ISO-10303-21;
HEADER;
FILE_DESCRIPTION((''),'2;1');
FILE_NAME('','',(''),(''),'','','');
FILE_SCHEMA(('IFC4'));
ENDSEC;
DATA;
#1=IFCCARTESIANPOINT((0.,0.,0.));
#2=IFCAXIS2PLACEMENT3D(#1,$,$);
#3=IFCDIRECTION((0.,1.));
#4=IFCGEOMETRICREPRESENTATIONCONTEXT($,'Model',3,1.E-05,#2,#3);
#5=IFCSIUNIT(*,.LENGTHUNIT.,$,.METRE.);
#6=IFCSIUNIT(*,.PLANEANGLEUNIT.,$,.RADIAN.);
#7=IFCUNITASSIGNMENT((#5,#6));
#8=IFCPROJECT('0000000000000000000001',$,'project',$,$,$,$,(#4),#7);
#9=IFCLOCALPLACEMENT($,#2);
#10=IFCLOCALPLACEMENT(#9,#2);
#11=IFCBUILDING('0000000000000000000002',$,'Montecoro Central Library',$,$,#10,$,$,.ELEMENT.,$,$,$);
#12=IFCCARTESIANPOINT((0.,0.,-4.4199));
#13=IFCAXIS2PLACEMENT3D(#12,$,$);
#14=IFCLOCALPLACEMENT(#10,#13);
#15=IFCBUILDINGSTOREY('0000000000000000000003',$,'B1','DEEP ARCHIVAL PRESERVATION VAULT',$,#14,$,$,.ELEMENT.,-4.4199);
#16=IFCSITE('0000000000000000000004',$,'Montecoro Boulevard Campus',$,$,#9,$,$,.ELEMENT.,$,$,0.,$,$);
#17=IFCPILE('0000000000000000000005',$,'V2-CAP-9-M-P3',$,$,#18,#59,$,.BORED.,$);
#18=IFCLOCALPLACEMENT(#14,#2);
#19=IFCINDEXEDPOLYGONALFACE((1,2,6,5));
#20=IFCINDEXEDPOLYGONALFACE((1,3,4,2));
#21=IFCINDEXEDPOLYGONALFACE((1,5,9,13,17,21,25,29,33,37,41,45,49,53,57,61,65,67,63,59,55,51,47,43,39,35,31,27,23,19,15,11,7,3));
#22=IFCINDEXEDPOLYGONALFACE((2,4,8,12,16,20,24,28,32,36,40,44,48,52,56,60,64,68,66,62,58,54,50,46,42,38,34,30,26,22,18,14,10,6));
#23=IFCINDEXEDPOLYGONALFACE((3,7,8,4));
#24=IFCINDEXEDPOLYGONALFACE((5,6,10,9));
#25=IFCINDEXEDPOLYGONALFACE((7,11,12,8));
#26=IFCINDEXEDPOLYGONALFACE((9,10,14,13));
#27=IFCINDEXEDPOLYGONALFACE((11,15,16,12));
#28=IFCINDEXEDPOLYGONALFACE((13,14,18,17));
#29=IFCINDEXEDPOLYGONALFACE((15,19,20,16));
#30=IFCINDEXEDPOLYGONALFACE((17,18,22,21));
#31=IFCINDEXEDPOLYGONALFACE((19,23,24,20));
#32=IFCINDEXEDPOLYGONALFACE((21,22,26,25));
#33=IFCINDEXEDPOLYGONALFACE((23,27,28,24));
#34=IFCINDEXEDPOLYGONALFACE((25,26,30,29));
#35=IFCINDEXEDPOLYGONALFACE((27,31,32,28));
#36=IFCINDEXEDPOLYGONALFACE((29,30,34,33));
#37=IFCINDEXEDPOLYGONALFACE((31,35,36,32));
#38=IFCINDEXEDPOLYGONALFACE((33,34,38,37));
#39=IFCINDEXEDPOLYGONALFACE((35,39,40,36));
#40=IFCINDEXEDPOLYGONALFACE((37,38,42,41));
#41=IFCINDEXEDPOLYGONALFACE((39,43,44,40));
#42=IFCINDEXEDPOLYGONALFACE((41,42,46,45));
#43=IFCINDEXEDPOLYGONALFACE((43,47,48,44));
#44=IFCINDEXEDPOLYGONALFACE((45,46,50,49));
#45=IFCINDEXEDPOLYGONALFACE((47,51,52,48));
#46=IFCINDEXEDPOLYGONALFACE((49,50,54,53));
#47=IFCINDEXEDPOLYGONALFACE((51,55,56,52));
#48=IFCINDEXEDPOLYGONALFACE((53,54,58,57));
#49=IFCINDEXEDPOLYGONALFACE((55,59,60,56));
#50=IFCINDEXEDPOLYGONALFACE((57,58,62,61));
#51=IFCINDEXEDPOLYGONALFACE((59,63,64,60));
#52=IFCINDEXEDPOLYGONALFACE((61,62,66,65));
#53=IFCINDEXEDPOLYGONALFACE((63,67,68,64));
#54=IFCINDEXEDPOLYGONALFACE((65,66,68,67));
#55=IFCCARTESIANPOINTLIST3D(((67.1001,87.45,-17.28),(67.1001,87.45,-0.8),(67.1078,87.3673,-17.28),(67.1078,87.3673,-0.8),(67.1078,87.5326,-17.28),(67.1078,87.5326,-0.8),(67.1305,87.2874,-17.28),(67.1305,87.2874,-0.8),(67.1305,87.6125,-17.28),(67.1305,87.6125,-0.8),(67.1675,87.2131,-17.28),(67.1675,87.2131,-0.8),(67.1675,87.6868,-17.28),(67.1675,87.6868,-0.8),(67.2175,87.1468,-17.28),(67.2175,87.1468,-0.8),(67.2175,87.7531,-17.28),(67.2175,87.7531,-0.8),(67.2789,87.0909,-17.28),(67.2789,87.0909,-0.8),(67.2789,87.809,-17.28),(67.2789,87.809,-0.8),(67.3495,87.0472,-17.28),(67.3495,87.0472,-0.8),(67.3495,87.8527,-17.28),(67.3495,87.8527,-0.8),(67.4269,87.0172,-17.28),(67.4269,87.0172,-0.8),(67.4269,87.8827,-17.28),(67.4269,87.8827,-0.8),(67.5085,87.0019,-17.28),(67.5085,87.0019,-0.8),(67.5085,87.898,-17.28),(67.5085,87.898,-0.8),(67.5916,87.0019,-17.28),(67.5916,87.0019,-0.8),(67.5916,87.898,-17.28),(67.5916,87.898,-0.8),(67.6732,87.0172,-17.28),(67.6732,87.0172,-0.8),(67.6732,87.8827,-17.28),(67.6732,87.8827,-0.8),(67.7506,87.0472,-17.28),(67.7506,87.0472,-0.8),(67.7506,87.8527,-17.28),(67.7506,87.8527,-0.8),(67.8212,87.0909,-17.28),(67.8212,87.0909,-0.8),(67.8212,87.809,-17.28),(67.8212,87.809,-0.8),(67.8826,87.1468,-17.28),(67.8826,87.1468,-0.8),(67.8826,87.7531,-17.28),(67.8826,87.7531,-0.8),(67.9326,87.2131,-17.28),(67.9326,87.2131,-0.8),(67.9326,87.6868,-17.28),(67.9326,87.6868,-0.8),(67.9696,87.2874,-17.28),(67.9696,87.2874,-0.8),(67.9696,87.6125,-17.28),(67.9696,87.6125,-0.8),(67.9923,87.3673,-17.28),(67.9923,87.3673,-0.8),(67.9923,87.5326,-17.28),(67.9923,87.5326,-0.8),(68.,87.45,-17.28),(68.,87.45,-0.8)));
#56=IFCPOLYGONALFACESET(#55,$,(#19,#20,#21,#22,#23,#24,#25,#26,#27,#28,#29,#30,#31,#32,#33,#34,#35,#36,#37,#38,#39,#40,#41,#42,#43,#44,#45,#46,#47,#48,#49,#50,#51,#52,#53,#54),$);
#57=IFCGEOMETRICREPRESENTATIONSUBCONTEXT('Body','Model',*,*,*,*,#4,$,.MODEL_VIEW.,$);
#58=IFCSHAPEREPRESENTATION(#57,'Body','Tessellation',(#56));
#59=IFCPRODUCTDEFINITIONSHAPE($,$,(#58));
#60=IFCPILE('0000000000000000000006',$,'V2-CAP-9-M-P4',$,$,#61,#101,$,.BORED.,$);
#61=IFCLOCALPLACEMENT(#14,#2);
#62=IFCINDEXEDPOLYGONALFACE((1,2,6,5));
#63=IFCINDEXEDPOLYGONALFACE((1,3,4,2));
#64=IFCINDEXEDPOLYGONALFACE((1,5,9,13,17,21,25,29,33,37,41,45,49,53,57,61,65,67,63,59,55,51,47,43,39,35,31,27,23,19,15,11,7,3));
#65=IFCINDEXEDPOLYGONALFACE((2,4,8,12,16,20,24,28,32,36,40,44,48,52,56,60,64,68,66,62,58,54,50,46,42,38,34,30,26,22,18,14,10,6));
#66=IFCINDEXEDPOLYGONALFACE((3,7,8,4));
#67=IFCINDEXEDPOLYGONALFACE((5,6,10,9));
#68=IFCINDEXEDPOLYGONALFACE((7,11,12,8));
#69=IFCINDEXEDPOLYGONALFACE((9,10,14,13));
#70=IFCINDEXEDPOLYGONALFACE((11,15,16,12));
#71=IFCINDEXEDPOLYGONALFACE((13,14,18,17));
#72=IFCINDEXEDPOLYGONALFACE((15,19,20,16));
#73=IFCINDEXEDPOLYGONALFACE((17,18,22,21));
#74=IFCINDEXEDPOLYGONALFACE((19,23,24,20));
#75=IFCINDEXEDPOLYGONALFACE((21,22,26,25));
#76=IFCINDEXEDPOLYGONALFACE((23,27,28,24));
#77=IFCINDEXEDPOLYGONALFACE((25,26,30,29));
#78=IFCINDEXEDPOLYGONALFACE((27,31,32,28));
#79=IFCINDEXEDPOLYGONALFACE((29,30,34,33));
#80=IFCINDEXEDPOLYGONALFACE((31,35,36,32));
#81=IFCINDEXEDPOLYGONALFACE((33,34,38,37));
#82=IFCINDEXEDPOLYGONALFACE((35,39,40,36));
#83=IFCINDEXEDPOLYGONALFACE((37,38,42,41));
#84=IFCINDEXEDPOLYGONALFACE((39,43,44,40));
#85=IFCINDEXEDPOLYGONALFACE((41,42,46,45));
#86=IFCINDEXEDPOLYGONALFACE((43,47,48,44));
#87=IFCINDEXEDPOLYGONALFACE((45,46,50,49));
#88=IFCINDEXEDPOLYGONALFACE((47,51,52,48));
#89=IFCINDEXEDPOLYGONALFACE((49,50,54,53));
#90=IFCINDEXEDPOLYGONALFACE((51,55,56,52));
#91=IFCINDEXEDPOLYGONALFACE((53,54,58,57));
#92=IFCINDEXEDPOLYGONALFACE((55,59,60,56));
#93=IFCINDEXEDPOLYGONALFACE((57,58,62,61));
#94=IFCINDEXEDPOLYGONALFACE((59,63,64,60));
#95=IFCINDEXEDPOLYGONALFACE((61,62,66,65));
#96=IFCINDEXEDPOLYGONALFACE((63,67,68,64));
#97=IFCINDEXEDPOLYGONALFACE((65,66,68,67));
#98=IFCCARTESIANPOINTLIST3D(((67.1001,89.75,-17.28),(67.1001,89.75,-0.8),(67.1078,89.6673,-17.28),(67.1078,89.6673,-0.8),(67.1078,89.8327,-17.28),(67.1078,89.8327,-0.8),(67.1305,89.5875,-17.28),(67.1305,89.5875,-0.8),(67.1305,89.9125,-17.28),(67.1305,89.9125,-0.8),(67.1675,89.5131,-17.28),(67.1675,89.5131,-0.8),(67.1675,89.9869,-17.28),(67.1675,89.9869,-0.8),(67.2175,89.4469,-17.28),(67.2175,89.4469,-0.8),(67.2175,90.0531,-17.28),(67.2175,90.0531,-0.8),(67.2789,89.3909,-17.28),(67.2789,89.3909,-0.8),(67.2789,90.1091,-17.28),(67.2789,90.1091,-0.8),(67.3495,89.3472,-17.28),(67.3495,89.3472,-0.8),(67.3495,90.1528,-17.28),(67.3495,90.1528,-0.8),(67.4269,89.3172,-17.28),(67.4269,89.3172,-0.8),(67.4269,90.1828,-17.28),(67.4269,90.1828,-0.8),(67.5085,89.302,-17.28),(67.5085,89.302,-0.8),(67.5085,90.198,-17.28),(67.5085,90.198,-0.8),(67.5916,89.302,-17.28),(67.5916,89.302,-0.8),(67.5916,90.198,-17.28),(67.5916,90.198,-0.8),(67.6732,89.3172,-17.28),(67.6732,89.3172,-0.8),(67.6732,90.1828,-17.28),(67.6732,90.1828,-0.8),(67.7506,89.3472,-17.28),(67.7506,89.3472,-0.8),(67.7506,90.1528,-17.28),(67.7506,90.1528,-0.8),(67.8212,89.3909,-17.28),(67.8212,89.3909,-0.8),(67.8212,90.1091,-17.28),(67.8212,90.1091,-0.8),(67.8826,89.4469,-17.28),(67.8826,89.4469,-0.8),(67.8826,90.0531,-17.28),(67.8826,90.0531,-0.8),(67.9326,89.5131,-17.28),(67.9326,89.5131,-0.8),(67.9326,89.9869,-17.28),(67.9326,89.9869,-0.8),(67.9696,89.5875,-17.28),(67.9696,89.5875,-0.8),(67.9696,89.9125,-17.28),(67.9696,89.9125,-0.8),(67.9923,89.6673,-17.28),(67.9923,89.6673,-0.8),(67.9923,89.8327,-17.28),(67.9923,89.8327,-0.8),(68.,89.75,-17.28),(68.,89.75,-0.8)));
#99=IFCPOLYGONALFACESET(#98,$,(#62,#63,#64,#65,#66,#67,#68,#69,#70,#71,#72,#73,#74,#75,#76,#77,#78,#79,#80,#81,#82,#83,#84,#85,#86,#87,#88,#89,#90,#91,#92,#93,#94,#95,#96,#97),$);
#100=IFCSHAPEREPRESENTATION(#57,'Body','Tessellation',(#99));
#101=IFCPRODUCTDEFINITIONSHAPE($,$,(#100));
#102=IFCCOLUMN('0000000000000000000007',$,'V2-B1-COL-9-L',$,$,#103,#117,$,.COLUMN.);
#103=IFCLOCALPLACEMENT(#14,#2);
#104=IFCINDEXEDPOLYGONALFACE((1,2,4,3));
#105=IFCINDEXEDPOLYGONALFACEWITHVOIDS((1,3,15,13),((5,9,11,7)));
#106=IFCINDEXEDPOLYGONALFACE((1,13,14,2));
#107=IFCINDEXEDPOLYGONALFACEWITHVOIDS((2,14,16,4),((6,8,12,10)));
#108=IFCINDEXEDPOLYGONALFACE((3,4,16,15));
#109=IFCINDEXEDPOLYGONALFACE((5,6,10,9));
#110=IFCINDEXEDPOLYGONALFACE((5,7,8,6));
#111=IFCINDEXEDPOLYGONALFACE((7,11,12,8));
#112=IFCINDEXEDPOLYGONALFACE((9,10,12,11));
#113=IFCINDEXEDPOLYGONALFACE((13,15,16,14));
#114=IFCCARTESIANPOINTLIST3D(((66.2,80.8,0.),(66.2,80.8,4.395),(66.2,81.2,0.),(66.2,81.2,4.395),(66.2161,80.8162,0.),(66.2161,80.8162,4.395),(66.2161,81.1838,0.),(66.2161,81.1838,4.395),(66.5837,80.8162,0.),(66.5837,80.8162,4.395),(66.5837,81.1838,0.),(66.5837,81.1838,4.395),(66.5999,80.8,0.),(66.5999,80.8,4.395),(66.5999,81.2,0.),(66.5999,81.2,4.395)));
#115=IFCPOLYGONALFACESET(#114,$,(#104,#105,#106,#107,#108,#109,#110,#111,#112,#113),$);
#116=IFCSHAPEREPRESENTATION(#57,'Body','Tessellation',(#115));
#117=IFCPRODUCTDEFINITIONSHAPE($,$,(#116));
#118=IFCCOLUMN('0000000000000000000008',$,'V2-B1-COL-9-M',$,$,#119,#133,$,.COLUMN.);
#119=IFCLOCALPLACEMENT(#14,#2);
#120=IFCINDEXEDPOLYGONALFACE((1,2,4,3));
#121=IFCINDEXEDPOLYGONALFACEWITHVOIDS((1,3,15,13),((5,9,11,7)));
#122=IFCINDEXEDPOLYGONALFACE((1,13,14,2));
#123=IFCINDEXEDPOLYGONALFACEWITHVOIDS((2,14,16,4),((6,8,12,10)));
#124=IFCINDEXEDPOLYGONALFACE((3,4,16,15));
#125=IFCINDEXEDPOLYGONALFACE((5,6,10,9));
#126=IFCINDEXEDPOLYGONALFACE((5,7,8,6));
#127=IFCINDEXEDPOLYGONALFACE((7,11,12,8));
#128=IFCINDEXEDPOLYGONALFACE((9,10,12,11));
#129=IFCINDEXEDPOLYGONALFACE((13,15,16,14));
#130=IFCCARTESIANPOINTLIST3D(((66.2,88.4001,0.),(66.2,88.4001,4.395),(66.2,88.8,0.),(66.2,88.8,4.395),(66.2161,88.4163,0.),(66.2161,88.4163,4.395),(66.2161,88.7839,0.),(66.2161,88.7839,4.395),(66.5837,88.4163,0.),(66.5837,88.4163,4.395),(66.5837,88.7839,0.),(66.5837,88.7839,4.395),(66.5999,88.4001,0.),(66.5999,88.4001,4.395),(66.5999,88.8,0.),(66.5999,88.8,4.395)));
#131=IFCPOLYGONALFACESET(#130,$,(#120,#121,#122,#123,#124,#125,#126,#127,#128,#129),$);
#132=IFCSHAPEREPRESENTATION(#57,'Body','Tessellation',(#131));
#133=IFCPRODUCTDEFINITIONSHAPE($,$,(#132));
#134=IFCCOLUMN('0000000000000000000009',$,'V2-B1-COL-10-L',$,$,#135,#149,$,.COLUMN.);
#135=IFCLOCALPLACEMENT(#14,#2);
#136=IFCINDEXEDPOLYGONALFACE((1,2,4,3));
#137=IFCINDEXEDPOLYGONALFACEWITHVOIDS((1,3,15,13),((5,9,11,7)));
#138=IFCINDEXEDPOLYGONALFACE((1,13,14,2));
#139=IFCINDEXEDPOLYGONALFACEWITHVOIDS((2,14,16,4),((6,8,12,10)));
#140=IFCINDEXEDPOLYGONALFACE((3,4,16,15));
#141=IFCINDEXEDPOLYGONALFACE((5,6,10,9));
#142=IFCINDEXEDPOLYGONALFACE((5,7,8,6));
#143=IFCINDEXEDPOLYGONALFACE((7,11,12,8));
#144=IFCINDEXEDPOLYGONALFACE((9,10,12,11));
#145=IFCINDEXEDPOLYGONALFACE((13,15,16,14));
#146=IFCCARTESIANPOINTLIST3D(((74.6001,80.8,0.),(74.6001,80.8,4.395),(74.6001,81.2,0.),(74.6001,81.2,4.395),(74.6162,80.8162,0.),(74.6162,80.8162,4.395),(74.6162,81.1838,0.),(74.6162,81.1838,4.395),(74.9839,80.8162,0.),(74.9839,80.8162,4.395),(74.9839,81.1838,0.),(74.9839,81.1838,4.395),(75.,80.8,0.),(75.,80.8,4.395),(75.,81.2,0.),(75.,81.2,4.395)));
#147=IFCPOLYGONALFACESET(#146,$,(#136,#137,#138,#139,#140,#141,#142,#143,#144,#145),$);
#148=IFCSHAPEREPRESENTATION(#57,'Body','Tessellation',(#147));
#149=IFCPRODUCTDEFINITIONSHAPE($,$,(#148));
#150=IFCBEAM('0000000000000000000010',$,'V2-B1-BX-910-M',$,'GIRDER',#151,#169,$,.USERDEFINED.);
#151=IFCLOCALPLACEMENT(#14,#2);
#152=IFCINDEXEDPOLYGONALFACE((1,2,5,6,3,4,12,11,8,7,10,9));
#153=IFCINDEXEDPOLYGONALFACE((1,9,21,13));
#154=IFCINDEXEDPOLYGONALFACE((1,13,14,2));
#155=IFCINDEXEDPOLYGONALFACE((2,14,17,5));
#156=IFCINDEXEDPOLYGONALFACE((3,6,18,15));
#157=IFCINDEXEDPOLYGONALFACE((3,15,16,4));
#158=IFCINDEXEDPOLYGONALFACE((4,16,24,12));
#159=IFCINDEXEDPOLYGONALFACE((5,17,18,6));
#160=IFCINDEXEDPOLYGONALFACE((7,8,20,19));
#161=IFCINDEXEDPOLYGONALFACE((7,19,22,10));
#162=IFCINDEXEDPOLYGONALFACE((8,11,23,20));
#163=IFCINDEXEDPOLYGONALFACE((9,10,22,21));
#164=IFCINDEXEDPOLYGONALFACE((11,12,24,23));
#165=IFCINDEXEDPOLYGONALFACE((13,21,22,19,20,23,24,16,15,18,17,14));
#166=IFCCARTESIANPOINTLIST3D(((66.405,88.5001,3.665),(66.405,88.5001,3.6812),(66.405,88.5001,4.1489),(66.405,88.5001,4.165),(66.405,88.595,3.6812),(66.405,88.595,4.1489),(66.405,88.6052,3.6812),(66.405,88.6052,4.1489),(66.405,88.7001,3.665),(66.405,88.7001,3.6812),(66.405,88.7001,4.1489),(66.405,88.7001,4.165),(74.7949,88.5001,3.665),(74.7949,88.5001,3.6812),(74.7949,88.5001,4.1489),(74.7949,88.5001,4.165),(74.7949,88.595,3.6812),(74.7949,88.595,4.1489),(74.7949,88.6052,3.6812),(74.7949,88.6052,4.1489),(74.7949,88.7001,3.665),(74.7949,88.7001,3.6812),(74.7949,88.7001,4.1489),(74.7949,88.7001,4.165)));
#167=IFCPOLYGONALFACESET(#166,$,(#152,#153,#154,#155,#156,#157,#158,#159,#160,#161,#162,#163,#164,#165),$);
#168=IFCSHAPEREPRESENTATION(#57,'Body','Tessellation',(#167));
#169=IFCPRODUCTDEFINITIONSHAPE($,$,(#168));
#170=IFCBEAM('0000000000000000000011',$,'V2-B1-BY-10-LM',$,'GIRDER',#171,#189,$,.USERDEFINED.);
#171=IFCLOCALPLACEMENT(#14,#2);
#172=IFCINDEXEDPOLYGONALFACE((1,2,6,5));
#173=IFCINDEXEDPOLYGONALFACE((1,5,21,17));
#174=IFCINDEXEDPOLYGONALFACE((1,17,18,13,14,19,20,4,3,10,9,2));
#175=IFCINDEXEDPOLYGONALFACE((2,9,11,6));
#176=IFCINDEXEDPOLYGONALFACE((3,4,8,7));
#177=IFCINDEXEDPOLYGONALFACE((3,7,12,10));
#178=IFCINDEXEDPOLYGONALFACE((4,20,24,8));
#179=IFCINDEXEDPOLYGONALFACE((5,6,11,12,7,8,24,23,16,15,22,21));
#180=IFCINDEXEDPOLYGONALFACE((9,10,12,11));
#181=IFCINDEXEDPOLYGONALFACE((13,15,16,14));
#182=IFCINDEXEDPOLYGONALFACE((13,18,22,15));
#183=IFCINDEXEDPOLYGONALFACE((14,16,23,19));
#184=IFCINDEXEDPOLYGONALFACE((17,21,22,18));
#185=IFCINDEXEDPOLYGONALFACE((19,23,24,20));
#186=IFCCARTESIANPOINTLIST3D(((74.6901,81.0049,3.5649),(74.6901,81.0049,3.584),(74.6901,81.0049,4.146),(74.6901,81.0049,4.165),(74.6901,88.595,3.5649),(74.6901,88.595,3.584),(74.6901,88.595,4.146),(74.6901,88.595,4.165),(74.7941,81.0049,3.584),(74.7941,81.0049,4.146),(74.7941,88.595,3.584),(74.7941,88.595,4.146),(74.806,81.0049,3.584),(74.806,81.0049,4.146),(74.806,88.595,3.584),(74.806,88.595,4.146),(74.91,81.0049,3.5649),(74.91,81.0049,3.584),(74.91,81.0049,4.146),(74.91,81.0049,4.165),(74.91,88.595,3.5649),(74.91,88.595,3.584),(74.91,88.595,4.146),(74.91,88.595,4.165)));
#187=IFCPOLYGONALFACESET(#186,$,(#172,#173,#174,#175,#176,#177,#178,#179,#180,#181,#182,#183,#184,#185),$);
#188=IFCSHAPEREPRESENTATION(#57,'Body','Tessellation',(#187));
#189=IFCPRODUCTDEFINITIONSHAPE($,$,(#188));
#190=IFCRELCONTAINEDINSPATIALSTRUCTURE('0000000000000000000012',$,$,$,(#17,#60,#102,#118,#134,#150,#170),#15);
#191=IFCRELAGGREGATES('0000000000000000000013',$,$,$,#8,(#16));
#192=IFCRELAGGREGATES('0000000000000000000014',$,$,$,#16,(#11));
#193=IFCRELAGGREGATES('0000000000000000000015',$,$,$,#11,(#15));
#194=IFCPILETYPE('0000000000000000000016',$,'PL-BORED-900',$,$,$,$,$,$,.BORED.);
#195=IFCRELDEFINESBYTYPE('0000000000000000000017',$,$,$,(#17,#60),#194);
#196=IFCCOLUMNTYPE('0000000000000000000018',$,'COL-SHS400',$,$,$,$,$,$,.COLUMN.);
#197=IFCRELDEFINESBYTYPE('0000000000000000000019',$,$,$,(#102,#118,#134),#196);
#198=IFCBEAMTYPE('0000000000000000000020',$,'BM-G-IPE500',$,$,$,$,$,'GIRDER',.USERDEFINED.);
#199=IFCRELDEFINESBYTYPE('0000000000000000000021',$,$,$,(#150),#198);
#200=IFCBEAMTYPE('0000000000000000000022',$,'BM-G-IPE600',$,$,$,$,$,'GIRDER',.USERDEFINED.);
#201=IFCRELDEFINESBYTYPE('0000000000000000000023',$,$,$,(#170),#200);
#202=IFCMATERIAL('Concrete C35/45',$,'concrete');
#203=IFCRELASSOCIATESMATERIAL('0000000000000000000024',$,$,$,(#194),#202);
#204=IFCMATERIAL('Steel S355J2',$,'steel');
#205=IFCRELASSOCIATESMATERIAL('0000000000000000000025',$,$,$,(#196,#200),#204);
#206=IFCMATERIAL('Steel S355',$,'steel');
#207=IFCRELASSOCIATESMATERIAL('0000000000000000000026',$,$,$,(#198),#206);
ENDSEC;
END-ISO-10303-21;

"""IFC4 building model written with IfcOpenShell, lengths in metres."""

from ifc_helpers import new_model, si_unit, direction, frame, origin, origin_2d, place, context, subcontext, project, spatial, hollow_rectangle, circle, i_section, extrude, material, material_profile, profile_set, type_object, element, save


model = new_model("IFC4")

# Units and contexts
model_context = context("Model", 3, precision=1e-05, world=origin(), true_north=direction((0.0, 1.0)))
body_context = subcontext(model_context, "Body", "Model", "MODEL_VIEW")
ifc_project = project(units=[si_unit("LENGTHUNIT", "METRE"), si_unit("PLANEANGLEUNIT", "RADIAN")], contexts=[model_context])

# Site, building, storey
site_placement = place(None, origin())
site = spatial("IfcSite", under=ifc_project, at=site_placement, Name="Montecoro Boulevard Campus", CompositionType="ELEMENT", RefElevation=0.0)
building_placement = place(site_placement, origin())
building = spatial("IfcBuilding", under=site, at=building_placement, Name="Montecoro Central Library", CompositionType="ELEMENT")
storey_placement = place(building_placement, frame((0.0, 0.0, -4.4199)))
storey = spatial("IfcBuildingStorey", under=building, at=storey_placement, Name="B1", Description="DEEP ARCHIVAL PRESERVATION VAULT", CompositionType="ELEMENT", Elevation=-4.4199)

# Shared definitions
ifc_material_1 = material(Name="Concrete C35/45", Category="concrete")

# Piles
ifc_material_profile_1 = material_profile(ifc_material_1, circle(Radius=0.45, at=origin_2d()), Name="PILE D900")
ifc_profile_set_1 = profile_set([ifc_material_profile_1], Name="Concrete C35/45")
pile_type_1 = type_object("IfcPileType", Name="PL-BORED-900", PredefinedType="BORED", material=ifc_profile_set_1)
for number, where, z_axis, x_axis, name in (
    (1, (67.55, 87.45, -0.8), (0.0, 0.0, -1.0), (1.0, 0.0, 0.0), "V2-CAP-9-M-P3"),
    (2, (67.55, 89.75, -0.8), (0.0, 0.0, -1.0), (1.0, 0.0, 0.0), "V2-CAP-9-M-P4"),
):
    element("IfcPile", number, at=place(storey_placement, frame(where, z_axis=z_axis, x_axis=x_axis)), inside=storey, type_object=pile_type_1, Name=name, PredefinedType="BORED", context=body_context, shape_type="SweptSolid", body=[
        extrude(circle(Radius=0.45, at=origin_2d()), origin(), (0.0, 0.0, 1.0), 16.48),
    ])

# Columns
ifc_material_2 = material(Name="Steel S355J2", Category="steel")
ifc_material_profile_2 = material_profile(ifc_material_2, hollow_rectangle(XDim=0.3999, YDim=0.3999, WallThickness=0.0161, at=origin_2d()), Name="SHS 400x400x16.0")
ifc_profile_set_2 = profile_set([ifc_material_profile_2], Name="Steel S355J2")
column_type = type_object("IfcColumnType", Name="COL-SHS400", PredefinedType="COLUMN", material=ifc_profile_set_2)
for number, where, z_axis, x_axis, name in (
    (3, (66.3999, 81.0, 0.0), (0.0, 0.0, 1.0), (1.0, 0.0, 0.0), "V2-B1-COL-9-L"),
    (4, (66.3999, 88.6001, 0.0), (0.0, 0.0, 1.0), (1.0, 0.0, 0.0), "V2-B1-COL-9-M"),
    (5, (74.8, 81.0, 0.0), (0.0, 0.0, 1.0), (1.0, 0.0, 0.0), "V2-B1-COL-10-L"),
):
    element("IfcColumn", number, at=place(storey_placement, frame(where, z_axis=z_axis, x_axis=x_axis)), inside=storey, type_object=column_type, Name=name, PredefinedType="COLUMN", context=body_context, shape_type="SweptSolid", body=[
        extrude(hollow_rectangle(XDim=0.3999, YDim=0.3999, WallThickness=0.0161, at=origin_2d()), origin(), (0.0, 0.0, 1.0), 4.395),
    ])

# Beams
ifc_material_3 = material(Name="Steel S355", Category="steel")
ifc_material_profile_3 = material_profile(ifc_material_3, i_section(OverallWidth=0.2, OverallDepth=0.5, WebThickness=0.0103, FlangeThickness=0.0161, at=origin_2d()), Name="IPE 500")
ifc_profile_set_3 = profile_set([ifc_material_profile_3], Name="Steel S355")
beam_type_1 = type_object("IfcBeamType", Name="BM-G-IPE500", ElementType="GIRDER", PredefinedType="USERDEFINED", material=ifc_profile_set_3)
beam_1_placement = place(storey_placement, frame((66.405, 88.6001, 3.915), z_axis=(1.0, 0.0, 0.0), x_axis=(0.0, 1.0, 0.0)))
element("IfcBeam", 6, at=beam_1_placement, inside=storey, type_object=beam_type_1, Name="V2-B1-BX-910-M", ObjectType="GIRDER", PredefinedType="USERDEFINED", context=body_context, shape_type="SweptSolid", body=[
    extrude(i_section(OverallWidth=0.2, OverallDepth=0.5, WebThickness=0.0103, FlangeThickness=0.0161, at=origin_2d()), origin(), (0.0, 0.0, 1.0), 8.3899),
])
ifc_material_profile_4 = material_profile(ifc_material_2, i_section(OverallWidth=0.22, OverallDepth=0.6001, WebThickness=0.012, FlangeThickness=0.019, at=origin_2d()), Name="IPE 600")
ifc_profile_set_4 = profile_set([ifc_material_profile_4], Name="Steel S355J2")
beam_type_2 = type_object("IfcBeamType", Name="BM-G-IPE600", ElementType="GIRDER", PredefinedType="USERDEFINED", material=ifc_profile_set_4)
beam_2_placement = place(storey_placement, frame((74.8, 81.0049, 3.865), z_axis=(0.0, 1.0, 0.0), x_axis=(-1.0, 0.0, 0.0)))
element("IfcBeam", 7, at=beam_2_placement, inside=storey, type_object=beam_type_2, Name="V2-B1-BY-10-LM", ObjectType="GIRDER", PredefinedType="USERDEFINED", context=body_context, shape_type="SweptSolid", body=[
    extrude(i_section(OverallWidth=0.22, OverallDepth=0.6001, WebThickness=0.012, FlangeThickness=0.019, at=origin_2d()), origin(), (0.0, 0.0, 1.0), 7.5901),
])

save(model, "model.ifc")
